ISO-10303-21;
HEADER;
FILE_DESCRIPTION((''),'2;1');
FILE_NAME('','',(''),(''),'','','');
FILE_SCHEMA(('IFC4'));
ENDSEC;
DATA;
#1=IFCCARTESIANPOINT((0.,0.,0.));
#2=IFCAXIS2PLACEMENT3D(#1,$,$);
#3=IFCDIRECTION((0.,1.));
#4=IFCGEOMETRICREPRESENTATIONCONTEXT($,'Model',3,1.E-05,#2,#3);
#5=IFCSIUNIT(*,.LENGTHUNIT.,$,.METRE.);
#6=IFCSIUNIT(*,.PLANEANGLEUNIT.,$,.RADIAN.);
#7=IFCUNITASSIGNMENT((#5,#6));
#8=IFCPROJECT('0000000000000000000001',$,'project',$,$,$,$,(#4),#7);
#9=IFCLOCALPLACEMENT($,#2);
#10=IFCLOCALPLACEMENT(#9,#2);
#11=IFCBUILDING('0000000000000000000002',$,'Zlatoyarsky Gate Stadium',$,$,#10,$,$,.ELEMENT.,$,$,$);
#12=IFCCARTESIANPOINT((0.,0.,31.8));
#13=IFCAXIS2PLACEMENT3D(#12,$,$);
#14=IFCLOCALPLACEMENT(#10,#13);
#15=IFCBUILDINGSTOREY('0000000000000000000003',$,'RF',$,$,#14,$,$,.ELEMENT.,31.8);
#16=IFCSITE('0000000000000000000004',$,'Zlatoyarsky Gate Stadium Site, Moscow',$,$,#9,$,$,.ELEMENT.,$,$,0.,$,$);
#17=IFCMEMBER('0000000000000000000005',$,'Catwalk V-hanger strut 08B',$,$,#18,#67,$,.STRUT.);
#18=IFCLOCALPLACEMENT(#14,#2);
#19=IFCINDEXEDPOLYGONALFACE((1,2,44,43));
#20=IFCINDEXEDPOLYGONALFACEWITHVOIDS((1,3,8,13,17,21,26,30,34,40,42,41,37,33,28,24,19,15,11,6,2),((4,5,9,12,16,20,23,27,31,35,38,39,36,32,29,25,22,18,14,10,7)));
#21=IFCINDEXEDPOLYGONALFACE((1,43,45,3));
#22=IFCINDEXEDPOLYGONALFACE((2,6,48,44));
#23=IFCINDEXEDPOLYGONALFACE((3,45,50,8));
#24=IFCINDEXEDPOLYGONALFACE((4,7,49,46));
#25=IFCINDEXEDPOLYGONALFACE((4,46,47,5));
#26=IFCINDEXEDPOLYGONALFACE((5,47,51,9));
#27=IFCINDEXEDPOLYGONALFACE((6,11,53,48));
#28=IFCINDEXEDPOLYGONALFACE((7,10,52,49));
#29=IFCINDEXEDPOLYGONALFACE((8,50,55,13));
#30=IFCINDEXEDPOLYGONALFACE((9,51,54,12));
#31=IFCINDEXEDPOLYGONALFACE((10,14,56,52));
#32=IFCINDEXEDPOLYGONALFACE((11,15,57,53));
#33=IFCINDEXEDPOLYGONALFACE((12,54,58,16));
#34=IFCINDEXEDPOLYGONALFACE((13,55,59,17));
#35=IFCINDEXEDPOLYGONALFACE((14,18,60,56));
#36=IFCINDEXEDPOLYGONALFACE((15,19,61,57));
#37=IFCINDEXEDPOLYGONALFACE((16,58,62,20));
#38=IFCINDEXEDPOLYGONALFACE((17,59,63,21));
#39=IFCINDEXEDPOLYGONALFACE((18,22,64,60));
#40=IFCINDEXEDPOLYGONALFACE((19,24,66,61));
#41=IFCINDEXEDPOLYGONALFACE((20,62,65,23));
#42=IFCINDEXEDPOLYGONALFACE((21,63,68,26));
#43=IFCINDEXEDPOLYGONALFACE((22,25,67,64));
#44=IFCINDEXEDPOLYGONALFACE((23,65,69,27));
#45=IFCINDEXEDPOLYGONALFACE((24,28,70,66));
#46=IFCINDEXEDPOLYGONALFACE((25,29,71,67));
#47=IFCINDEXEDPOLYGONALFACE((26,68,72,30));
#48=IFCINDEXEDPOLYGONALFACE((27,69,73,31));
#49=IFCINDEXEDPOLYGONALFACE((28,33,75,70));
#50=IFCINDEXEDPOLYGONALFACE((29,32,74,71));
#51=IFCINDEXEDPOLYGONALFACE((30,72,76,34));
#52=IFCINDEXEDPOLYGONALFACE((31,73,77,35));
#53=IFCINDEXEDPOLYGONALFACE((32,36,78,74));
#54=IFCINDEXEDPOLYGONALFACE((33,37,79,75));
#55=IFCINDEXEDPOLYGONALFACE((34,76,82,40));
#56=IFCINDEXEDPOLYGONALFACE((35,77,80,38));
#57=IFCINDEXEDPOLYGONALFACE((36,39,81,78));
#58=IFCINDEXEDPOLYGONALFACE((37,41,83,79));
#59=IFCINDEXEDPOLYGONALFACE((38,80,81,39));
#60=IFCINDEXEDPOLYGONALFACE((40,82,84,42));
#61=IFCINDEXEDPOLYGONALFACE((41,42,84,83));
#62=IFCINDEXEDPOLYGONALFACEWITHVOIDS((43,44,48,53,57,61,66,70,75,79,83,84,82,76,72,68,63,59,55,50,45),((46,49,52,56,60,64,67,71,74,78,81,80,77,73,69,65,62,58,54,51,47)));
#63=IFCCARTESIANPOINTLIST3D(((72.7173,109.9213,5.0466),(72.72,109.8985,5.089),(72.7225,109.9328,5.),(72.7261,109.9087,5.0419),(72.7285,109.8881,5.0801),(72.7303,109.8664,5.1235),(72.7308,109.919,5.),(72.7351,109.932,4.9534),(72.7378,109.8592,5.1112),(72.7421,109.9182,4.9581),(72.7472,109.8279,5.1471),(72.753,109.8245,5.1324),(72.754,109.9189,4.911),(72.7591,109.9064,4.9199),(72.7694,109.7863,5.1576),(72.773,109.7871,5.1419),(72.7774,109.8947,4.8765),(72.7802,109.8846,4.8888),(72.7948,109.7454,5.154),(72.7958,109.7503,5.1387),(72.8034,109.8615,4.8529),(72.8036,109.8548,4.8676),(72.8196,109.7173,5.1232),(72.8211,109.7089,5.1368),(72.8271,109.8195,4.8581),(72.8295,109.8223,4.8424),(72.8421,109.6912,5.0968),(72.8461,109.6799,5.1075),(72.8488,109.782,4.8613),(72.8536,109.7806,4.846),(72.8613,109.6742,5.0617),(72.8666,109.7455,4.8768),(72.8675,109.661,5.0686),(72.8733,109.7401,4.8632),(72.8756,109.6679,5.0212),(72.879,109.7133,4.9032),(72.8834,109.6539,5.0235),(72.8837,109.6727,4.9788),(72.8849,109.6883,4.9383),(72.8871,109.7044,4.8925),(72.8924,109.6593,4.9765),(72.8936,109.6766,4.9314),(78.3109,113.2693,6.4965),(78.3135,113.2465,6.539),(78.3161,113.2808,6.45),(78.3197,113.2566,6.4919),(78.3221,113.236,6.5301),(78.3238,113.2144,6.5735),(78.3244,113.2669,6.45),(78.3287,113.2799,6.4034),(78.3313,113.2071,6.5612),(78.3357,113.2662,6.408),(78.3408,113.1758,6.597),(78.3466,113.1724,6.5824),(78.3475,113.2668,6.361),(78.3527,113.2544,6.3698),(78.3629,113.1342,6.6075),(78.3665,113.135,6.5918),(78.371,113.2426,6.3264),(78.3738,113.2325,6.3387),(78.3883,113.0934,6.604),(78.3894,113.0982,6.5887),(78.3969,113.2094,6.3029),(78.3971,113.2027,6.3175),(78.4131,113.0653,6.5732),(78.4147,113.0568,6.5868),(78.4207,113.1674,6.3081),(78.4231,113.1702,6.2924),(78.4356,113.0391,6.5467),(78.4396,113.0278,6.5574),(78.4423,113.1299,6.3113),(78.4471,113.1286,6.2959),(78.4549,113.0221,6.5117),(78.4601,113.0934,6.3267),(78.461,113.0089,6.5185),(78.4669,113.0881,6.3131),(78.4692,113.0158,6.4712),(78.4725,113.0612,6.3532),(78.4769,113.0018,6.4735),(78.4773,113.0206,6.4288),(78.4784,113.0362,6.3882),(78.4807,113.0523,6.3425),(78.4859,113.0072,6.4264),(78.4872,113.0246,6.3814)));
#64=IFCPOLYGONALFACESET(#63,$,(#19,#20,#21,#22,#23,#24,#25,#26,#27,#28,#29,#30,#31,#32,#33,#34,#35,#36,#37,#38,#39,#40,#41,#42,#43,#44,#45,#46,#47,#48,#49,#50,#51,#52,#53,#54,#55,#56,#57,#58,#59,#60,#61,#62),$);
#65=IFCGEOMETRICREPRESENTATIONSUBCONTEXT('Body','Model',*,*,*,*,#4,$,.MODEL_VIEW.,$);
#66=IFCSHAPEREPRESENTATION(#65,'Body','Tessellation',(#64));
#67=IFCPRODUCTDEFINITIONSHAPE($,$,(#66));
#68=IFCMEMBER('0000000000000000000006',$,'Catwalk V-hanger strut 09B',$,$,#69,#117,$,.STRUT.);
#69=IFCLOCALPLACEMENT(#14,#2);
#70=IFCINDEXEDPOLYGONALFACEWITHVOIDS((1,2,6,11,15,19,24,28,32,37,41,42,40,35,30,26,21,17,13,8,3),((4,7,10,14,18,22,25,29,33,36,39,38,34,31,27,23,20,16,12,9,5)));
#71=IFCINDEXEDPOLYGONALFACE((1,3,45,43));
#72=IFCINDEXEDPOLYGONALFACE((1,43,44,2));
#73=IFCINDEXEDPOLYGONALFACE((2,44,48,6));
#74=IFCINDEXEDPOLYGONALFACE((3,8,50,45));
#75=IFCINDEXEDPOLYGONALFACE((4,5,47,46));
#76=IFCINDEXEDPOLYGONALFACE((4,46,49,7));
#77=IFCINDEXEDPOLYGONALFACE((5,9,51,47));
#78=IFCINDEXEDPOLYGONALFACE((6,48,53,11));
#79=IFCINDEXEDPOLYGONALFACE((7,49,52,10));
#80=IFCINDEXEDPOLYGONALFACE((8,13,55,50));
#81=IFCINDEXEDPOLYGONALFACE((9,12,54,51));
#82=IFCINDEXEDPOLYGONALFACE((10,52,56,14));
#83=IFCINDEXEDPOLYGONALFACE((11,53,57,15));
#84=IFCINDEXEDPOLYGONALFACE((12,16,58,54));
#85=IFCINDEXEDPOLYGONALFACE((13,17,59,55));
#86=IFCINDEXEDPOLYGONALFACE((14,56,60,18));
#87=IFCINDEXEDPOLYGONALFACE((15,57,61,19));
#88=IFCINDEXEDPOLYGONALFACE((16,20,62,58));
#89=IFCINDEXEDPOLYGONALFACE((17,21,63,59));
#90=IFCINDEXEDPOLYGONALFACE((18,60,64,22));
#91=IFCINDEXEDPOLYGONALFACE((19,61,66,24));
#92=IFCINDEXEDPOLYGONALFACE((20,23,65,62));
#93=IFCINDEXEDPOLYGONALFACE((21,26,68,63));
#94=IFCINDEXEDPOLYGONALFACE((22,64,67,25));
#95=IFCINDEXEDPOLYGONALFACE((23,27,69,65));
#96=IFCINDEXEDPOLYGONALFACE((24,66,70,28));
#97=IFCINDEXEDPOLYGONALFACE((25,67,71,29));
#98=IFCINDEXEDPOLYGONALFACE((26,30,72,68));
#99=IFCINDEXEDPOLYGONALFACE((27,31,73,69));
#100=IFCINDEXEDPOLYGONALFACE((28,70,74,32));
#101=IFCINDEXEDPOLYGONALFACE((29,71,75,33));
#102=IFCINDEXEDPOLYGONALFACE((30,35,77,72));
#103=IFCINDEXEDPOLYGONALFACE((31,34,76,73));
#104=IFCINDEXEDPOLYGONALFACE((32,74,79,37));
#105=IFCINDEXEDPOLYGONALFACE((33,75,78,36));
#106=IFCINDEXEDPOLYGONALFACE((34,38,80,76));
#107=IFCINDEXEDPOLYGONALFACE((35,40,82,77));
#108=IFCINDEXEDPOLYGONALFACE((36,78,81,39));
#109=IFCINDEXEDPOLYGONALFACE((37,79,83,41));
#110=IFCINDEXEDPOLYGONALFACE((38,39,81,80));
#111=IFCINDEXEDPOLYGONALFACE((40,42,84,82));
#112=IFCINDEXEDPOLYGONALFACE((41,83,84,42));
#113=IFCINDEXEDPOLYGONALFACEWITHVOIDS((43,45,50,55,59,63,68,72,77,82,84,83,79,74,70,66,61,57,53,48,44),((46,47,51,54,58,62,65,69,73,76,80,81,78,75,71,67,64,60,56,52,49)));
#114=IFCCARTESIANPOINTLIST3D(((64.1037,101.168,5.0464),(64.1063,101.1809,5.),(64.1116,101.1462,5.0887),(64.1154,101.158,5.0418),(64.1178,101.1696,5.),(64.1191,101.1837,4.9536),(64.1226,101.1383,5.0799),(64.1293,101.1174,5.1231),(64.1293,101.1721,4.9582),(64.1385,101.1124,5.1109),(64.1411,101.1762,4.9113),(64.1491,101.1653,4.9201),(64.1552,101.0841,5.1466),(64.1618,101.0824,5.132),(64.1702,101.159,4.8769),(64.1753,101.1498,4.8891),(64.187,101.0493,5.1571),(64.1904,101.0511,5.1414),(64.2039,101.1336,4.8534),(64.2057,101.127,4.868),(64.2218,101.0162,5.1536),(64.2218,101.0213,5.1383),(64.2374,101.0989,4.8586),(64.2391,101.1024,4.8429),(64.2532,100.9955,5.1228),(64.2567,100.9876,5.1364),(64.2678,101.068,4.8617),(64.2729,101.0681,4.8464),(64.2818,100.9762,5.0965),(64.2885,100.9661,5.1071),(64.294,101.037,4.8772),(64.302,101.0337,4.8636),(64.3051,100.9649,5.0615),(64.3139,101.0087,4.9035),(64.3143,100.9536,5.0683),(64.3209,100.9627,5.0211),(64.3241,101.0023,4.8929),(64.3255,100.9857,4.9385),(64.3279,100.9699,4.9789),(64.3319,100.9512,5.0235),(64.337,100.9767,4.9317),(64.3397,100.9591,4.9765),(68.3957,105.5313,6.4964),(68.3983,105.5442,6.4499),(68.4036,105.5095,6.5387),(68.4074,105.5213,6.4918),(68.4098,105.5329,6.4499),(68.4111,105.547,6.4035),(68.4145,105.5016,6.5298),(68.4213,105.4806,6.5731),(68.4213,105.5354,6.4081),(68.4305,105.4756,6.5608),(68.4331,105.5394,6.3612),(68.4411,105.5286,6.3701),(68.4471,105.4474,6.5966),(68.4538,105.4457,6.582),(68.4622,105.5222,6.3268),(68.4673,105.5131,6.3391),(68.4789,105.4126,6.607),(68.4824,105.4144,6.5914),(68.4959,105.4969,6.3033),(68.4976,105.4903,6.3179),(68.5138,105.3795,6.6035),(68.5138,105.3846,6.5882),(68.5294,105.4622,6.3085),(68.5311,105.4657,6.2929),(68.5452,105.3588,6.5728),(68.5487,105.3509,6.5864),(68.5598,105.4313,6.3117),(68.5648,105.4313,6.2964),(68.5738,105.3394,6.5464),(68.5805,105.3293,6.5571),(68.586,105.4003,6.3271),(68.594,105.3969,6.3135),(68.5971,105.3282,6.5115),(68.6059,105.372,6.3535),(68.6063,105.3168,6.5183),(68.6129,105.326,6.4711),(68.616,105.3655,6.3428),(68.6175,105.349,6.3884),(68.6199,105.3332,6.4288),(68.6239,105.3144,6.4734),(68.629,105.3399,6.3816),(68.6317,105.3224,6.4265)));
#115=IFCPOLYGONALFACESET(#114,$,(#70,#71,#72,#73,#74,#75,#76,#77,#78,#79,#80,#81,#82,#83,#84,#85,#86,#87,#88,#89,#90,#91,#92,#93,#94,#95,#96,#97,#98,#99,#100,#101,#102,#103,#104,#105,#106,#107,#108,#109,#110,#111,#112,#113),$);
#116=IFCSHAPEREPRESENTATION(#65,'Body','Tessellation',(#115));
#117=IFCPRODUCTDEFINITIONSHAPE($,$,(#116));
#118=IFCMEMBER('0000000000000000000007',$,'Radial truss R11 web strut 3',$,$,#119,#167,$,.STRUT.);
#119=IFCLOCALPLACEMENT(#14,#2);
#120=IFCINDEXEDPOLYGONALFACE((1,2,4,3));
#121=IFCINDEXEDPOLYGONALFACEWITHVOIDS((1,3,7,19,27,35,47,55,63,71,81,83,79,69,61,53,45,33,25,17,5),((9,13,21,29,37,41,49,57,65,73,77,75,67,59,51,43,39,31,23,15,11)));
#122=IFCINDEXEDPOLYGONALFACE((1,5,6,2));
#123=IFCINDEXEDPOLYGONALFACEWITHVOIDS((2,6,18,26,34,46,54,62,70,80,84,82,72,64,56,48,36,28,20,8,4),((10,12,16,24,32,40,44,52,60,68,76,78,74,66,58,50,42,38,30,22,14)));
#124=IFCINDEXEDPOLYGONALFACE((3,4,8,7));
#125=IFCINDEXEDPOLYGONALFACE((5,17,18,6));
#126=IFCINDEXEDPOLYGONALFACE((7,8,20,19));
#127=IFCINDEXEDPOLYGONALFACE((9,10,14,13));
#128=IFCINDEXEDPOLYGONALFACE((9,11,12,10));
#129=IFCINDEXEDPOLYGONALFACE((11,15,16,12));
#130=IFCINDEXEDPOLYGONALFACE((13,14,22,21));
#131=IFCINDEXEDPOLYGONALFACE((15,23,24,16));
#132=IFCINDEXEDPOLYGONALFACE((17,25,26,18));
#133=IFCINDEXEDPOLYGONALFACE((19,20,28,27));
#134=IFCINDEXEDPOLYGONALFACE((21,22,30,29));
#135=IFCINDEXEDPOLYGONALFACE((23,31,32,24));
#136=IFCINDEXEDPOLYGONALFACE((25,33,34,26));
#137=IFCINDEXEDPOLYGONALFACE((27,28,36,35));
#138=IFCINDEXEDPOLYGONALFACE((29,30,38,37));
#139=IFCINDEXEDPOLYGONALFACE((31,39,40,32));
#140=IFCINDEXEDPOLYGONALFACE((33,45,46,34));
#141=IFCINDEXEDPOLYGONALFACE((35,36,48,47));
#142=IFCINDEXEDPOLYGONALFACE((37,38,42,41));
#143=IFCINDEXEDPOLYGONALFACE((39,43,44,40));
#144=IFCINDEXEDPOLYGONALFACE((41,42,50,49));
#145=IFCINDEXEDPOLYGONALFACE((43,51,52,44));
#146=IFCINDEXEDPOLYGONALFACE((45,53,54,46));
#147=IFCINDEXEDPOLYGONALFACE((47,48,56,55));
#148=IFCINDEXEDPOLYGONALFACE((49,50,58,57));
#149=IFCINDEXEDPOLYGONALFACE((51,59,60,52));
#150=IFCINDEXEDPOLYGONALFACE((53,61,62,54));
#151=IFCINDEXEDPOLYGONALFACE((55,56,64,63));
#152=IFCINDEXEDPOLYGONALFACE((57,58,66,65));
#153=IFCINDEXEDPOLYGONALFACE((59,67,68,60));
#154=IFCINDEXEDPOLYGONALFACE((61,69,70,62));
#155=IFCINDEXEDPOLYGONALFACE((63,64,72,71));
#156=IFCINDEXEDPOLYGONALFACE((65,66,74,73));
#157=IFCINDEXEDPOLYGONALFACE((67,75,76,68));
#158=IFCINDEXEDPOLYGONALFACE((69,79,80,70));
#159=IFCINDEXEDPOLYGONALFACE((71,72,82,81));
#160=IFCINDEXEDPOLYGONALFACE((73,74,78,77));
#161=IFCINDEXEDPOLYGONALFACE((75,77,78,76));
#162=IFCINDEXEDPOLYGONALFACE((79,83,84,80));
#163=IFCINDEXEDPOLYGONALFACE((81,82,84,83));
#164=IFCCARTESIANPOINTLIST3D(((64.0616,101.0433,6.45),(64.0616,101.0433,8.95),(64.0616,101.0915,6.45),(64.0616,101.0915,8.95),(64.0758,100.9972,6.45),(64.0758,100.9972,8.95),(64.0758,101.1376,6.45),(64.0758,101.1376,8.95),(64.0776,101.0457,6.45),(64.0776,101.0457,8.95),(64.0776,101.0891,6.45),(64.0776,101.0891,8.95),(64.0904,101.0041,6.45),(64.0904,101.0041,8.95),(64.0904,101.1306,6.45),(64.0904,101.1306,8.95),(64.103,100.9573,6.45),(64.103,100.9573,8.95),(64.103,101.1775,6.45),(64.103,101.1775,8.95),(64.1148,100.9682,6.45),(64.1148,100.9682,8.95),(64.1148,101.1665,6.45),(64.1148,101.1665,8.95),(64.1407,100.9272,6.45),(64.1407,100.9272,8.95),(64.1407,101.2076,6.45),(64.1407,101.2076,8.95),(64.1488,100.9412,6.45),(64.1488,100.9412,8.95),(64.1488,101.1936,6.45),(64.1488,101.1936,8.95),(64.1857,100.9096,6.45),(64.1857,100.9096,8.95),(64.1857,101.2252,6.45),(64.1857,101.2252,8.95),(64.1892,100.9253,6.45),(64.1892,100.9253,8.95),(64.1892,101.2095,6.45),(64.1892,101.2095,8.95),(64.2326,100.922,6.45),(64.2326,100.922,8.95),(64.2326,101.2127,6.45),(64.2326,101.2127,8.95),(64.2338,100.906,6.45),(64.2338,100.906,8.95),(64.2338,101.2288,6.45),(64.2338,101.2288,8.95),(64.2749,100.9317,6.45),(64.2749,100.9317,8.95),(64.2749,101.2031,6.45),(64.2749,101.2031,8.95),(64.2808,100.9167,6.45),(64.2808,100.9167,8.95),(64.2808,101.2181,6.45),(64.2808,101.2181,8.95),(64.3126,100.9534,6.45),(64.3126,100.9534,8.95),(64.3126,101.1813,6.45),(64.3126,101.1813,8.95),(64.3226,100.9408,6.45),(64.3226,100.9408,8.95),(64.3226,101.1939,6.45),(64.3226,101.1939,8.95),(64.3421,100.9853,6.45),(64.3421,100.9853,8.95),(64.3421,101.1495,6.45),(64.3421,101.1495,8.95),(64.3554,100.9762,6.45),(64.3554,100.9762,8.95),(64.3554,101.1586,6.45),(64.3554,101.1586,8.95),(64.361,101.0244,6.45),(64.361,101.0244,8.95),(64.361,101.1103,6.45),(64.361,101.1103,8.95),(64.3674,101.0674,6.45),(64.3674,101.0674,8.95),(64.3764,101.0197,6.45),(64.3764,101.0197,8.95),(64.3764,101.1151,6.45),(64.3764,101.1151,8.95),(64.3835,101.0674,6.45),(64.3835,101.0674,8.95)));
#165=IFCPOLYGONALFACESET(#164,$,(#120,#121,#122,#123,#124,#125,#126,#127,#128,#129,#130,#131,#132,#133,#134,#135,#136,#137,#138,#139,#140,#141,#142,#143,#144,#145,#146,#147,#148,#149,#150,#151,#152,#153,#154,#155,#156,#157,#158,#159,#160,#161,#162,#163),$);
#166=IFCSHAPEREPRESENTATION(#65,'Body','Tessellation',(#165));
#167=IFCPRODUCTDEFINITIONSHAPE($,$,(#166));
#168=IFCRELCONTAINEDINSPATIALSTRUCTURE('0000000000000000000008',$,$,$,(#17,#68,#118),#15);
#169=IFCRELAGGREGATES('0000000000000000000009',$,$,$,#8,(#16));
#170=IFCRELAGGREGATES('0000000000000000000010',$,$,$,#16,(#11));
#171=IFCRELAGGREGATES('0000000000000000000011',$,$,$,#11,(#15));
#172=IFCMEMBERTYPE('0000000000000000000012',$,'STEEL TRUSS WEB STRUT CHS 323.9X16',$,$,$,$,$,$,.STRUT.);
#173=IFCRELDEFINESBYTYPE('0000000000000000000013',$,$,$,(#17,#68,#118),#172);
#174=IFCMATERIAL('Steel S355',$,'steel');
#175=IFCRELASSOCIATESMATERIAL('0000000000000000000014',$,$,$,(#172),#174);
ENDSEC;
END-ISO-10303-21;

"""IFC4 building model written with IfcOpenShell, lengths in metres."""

from ifc_helpers import new_model, si_unit, direction, frame, origin, origin_2d, place, context, subcontext, project, spatial, hollow_circle, extrude, material, material_profile, profile_set, type_object, element, save


model = new_model("IFC4")

# Units and contexts
model_context = context("Model", 3, precision=1e-05, world=origin(), true_north=direction((0.0, 1.0)))
body_context = subcontext(model_context, "Body", "Model", "MODEL_VIEW")
ifc_project = project(units=[si_unit("LENGTHUNIT", "METRE"), si_unit("PLANEANGLEUNIT", "RADIAN")], contexts=[model_context])

# Site, building, storey
site_placement = place(None, origin())
site = spatial("IfcSite", under=ifc_project, at=site_placement, Name="Zlatoyarsky Gate Stadium Site, Moscow", CompositionType="ELEMENT", RefElevation=0.0)
building_placement = place(site_placement, origin())
building = spatial("IfcBuilding", under=site, at=building_placement, Name="Zlatoyarsky Gate Stadium", CompositionType="ELEMENT")
storey_placement = place(building_placement, frame((0.0, 0.0, 31.8)))
storey = spatial("IfcBuildingStorey", under=building, at=storey_placement, Name="RF", CompositionType="ELEMENT", Elevation=31.8)

# Shared definitions
ifc_material = material(Name="Steel S355", Category="steel")

# Members
ifc_material_profile_1 = material_profile(ifc_material, hollow_circle(Radius=0.1619, WallThickness=0.0161, at=origin_2d()), Name="CHS 323.9X16")
ifc_profile_set_1 = profile_set([ifc_material_profile_1], Name="Steel S355")
member_type_1 = type_object("IfcMemberType", Name="STEEL TRUSS WEB STRUT CHS 323.9X16", PredefinedType="STRUT", material=ifc_profile_set_1)
member_1_placement = place(storey_placement, frame((72.8057, 109.7939, 5.0), z_axis=(0.837579, 0.501319, 0.217118), x_axis=(-0.51357, 0.858048, 0.0)))
element("IfcMember", 1, at=member_1_placement, inside=storey, type_object=member_type_1, Name="Catwalk V-hanger strut 08B", PredefinedType="STRUT", context=body_context, shape_type="SweptSolid", body=[
    extrude(hollow_circle(Radius=0.1619, WallThickness=0.0161, at=origin_2d()), origin(), (0.0, 0.0, 1.0), 6.6782),
])
member_2_placement = place(storey_placement, frame((64.2217, 101.0674, 5.0), z_axis=(0.682372, 0.693706, 0.230524), x_axis=(-0.712907, 0.701259, 0.0)))
element("IfcMember", 2, at=member_2_placement, inside=storey, type_object=member_type_1, Name="Catwalk V-hanger strut 09B", PredefinedType="STRUT", context=body_context, shape_type="SweptSolid", body=[
    extrude(hollow_circle(Radius=0.1619, WallThickness=0.0161, at=origin_2d()), origin(), (0.0, 0.0, 1.0), 6.2898),
])
member_3_placement = place(storey_placement, frame((64.2217, 101.0674, 6.45), z_axis=(0.0, 0.0, 1.0), x_axis=(1.0, 0.0, 0.0)))
element("IfcMember", 3, at=member_3_placement, inside=storey, type_object=member_type_1, Name="Radial truss R11 web strut 3", PredefinedType="STRUT", context=body_context, shape_type="SweptSolid", body=[
    extrude(hollow_circle(Radius=0.1619, WallThickness=0.0161, at=origin_2d()), origin(), (0.0, 0.0, 1.0), 2.5),
])

save(model, "model.ifc")
